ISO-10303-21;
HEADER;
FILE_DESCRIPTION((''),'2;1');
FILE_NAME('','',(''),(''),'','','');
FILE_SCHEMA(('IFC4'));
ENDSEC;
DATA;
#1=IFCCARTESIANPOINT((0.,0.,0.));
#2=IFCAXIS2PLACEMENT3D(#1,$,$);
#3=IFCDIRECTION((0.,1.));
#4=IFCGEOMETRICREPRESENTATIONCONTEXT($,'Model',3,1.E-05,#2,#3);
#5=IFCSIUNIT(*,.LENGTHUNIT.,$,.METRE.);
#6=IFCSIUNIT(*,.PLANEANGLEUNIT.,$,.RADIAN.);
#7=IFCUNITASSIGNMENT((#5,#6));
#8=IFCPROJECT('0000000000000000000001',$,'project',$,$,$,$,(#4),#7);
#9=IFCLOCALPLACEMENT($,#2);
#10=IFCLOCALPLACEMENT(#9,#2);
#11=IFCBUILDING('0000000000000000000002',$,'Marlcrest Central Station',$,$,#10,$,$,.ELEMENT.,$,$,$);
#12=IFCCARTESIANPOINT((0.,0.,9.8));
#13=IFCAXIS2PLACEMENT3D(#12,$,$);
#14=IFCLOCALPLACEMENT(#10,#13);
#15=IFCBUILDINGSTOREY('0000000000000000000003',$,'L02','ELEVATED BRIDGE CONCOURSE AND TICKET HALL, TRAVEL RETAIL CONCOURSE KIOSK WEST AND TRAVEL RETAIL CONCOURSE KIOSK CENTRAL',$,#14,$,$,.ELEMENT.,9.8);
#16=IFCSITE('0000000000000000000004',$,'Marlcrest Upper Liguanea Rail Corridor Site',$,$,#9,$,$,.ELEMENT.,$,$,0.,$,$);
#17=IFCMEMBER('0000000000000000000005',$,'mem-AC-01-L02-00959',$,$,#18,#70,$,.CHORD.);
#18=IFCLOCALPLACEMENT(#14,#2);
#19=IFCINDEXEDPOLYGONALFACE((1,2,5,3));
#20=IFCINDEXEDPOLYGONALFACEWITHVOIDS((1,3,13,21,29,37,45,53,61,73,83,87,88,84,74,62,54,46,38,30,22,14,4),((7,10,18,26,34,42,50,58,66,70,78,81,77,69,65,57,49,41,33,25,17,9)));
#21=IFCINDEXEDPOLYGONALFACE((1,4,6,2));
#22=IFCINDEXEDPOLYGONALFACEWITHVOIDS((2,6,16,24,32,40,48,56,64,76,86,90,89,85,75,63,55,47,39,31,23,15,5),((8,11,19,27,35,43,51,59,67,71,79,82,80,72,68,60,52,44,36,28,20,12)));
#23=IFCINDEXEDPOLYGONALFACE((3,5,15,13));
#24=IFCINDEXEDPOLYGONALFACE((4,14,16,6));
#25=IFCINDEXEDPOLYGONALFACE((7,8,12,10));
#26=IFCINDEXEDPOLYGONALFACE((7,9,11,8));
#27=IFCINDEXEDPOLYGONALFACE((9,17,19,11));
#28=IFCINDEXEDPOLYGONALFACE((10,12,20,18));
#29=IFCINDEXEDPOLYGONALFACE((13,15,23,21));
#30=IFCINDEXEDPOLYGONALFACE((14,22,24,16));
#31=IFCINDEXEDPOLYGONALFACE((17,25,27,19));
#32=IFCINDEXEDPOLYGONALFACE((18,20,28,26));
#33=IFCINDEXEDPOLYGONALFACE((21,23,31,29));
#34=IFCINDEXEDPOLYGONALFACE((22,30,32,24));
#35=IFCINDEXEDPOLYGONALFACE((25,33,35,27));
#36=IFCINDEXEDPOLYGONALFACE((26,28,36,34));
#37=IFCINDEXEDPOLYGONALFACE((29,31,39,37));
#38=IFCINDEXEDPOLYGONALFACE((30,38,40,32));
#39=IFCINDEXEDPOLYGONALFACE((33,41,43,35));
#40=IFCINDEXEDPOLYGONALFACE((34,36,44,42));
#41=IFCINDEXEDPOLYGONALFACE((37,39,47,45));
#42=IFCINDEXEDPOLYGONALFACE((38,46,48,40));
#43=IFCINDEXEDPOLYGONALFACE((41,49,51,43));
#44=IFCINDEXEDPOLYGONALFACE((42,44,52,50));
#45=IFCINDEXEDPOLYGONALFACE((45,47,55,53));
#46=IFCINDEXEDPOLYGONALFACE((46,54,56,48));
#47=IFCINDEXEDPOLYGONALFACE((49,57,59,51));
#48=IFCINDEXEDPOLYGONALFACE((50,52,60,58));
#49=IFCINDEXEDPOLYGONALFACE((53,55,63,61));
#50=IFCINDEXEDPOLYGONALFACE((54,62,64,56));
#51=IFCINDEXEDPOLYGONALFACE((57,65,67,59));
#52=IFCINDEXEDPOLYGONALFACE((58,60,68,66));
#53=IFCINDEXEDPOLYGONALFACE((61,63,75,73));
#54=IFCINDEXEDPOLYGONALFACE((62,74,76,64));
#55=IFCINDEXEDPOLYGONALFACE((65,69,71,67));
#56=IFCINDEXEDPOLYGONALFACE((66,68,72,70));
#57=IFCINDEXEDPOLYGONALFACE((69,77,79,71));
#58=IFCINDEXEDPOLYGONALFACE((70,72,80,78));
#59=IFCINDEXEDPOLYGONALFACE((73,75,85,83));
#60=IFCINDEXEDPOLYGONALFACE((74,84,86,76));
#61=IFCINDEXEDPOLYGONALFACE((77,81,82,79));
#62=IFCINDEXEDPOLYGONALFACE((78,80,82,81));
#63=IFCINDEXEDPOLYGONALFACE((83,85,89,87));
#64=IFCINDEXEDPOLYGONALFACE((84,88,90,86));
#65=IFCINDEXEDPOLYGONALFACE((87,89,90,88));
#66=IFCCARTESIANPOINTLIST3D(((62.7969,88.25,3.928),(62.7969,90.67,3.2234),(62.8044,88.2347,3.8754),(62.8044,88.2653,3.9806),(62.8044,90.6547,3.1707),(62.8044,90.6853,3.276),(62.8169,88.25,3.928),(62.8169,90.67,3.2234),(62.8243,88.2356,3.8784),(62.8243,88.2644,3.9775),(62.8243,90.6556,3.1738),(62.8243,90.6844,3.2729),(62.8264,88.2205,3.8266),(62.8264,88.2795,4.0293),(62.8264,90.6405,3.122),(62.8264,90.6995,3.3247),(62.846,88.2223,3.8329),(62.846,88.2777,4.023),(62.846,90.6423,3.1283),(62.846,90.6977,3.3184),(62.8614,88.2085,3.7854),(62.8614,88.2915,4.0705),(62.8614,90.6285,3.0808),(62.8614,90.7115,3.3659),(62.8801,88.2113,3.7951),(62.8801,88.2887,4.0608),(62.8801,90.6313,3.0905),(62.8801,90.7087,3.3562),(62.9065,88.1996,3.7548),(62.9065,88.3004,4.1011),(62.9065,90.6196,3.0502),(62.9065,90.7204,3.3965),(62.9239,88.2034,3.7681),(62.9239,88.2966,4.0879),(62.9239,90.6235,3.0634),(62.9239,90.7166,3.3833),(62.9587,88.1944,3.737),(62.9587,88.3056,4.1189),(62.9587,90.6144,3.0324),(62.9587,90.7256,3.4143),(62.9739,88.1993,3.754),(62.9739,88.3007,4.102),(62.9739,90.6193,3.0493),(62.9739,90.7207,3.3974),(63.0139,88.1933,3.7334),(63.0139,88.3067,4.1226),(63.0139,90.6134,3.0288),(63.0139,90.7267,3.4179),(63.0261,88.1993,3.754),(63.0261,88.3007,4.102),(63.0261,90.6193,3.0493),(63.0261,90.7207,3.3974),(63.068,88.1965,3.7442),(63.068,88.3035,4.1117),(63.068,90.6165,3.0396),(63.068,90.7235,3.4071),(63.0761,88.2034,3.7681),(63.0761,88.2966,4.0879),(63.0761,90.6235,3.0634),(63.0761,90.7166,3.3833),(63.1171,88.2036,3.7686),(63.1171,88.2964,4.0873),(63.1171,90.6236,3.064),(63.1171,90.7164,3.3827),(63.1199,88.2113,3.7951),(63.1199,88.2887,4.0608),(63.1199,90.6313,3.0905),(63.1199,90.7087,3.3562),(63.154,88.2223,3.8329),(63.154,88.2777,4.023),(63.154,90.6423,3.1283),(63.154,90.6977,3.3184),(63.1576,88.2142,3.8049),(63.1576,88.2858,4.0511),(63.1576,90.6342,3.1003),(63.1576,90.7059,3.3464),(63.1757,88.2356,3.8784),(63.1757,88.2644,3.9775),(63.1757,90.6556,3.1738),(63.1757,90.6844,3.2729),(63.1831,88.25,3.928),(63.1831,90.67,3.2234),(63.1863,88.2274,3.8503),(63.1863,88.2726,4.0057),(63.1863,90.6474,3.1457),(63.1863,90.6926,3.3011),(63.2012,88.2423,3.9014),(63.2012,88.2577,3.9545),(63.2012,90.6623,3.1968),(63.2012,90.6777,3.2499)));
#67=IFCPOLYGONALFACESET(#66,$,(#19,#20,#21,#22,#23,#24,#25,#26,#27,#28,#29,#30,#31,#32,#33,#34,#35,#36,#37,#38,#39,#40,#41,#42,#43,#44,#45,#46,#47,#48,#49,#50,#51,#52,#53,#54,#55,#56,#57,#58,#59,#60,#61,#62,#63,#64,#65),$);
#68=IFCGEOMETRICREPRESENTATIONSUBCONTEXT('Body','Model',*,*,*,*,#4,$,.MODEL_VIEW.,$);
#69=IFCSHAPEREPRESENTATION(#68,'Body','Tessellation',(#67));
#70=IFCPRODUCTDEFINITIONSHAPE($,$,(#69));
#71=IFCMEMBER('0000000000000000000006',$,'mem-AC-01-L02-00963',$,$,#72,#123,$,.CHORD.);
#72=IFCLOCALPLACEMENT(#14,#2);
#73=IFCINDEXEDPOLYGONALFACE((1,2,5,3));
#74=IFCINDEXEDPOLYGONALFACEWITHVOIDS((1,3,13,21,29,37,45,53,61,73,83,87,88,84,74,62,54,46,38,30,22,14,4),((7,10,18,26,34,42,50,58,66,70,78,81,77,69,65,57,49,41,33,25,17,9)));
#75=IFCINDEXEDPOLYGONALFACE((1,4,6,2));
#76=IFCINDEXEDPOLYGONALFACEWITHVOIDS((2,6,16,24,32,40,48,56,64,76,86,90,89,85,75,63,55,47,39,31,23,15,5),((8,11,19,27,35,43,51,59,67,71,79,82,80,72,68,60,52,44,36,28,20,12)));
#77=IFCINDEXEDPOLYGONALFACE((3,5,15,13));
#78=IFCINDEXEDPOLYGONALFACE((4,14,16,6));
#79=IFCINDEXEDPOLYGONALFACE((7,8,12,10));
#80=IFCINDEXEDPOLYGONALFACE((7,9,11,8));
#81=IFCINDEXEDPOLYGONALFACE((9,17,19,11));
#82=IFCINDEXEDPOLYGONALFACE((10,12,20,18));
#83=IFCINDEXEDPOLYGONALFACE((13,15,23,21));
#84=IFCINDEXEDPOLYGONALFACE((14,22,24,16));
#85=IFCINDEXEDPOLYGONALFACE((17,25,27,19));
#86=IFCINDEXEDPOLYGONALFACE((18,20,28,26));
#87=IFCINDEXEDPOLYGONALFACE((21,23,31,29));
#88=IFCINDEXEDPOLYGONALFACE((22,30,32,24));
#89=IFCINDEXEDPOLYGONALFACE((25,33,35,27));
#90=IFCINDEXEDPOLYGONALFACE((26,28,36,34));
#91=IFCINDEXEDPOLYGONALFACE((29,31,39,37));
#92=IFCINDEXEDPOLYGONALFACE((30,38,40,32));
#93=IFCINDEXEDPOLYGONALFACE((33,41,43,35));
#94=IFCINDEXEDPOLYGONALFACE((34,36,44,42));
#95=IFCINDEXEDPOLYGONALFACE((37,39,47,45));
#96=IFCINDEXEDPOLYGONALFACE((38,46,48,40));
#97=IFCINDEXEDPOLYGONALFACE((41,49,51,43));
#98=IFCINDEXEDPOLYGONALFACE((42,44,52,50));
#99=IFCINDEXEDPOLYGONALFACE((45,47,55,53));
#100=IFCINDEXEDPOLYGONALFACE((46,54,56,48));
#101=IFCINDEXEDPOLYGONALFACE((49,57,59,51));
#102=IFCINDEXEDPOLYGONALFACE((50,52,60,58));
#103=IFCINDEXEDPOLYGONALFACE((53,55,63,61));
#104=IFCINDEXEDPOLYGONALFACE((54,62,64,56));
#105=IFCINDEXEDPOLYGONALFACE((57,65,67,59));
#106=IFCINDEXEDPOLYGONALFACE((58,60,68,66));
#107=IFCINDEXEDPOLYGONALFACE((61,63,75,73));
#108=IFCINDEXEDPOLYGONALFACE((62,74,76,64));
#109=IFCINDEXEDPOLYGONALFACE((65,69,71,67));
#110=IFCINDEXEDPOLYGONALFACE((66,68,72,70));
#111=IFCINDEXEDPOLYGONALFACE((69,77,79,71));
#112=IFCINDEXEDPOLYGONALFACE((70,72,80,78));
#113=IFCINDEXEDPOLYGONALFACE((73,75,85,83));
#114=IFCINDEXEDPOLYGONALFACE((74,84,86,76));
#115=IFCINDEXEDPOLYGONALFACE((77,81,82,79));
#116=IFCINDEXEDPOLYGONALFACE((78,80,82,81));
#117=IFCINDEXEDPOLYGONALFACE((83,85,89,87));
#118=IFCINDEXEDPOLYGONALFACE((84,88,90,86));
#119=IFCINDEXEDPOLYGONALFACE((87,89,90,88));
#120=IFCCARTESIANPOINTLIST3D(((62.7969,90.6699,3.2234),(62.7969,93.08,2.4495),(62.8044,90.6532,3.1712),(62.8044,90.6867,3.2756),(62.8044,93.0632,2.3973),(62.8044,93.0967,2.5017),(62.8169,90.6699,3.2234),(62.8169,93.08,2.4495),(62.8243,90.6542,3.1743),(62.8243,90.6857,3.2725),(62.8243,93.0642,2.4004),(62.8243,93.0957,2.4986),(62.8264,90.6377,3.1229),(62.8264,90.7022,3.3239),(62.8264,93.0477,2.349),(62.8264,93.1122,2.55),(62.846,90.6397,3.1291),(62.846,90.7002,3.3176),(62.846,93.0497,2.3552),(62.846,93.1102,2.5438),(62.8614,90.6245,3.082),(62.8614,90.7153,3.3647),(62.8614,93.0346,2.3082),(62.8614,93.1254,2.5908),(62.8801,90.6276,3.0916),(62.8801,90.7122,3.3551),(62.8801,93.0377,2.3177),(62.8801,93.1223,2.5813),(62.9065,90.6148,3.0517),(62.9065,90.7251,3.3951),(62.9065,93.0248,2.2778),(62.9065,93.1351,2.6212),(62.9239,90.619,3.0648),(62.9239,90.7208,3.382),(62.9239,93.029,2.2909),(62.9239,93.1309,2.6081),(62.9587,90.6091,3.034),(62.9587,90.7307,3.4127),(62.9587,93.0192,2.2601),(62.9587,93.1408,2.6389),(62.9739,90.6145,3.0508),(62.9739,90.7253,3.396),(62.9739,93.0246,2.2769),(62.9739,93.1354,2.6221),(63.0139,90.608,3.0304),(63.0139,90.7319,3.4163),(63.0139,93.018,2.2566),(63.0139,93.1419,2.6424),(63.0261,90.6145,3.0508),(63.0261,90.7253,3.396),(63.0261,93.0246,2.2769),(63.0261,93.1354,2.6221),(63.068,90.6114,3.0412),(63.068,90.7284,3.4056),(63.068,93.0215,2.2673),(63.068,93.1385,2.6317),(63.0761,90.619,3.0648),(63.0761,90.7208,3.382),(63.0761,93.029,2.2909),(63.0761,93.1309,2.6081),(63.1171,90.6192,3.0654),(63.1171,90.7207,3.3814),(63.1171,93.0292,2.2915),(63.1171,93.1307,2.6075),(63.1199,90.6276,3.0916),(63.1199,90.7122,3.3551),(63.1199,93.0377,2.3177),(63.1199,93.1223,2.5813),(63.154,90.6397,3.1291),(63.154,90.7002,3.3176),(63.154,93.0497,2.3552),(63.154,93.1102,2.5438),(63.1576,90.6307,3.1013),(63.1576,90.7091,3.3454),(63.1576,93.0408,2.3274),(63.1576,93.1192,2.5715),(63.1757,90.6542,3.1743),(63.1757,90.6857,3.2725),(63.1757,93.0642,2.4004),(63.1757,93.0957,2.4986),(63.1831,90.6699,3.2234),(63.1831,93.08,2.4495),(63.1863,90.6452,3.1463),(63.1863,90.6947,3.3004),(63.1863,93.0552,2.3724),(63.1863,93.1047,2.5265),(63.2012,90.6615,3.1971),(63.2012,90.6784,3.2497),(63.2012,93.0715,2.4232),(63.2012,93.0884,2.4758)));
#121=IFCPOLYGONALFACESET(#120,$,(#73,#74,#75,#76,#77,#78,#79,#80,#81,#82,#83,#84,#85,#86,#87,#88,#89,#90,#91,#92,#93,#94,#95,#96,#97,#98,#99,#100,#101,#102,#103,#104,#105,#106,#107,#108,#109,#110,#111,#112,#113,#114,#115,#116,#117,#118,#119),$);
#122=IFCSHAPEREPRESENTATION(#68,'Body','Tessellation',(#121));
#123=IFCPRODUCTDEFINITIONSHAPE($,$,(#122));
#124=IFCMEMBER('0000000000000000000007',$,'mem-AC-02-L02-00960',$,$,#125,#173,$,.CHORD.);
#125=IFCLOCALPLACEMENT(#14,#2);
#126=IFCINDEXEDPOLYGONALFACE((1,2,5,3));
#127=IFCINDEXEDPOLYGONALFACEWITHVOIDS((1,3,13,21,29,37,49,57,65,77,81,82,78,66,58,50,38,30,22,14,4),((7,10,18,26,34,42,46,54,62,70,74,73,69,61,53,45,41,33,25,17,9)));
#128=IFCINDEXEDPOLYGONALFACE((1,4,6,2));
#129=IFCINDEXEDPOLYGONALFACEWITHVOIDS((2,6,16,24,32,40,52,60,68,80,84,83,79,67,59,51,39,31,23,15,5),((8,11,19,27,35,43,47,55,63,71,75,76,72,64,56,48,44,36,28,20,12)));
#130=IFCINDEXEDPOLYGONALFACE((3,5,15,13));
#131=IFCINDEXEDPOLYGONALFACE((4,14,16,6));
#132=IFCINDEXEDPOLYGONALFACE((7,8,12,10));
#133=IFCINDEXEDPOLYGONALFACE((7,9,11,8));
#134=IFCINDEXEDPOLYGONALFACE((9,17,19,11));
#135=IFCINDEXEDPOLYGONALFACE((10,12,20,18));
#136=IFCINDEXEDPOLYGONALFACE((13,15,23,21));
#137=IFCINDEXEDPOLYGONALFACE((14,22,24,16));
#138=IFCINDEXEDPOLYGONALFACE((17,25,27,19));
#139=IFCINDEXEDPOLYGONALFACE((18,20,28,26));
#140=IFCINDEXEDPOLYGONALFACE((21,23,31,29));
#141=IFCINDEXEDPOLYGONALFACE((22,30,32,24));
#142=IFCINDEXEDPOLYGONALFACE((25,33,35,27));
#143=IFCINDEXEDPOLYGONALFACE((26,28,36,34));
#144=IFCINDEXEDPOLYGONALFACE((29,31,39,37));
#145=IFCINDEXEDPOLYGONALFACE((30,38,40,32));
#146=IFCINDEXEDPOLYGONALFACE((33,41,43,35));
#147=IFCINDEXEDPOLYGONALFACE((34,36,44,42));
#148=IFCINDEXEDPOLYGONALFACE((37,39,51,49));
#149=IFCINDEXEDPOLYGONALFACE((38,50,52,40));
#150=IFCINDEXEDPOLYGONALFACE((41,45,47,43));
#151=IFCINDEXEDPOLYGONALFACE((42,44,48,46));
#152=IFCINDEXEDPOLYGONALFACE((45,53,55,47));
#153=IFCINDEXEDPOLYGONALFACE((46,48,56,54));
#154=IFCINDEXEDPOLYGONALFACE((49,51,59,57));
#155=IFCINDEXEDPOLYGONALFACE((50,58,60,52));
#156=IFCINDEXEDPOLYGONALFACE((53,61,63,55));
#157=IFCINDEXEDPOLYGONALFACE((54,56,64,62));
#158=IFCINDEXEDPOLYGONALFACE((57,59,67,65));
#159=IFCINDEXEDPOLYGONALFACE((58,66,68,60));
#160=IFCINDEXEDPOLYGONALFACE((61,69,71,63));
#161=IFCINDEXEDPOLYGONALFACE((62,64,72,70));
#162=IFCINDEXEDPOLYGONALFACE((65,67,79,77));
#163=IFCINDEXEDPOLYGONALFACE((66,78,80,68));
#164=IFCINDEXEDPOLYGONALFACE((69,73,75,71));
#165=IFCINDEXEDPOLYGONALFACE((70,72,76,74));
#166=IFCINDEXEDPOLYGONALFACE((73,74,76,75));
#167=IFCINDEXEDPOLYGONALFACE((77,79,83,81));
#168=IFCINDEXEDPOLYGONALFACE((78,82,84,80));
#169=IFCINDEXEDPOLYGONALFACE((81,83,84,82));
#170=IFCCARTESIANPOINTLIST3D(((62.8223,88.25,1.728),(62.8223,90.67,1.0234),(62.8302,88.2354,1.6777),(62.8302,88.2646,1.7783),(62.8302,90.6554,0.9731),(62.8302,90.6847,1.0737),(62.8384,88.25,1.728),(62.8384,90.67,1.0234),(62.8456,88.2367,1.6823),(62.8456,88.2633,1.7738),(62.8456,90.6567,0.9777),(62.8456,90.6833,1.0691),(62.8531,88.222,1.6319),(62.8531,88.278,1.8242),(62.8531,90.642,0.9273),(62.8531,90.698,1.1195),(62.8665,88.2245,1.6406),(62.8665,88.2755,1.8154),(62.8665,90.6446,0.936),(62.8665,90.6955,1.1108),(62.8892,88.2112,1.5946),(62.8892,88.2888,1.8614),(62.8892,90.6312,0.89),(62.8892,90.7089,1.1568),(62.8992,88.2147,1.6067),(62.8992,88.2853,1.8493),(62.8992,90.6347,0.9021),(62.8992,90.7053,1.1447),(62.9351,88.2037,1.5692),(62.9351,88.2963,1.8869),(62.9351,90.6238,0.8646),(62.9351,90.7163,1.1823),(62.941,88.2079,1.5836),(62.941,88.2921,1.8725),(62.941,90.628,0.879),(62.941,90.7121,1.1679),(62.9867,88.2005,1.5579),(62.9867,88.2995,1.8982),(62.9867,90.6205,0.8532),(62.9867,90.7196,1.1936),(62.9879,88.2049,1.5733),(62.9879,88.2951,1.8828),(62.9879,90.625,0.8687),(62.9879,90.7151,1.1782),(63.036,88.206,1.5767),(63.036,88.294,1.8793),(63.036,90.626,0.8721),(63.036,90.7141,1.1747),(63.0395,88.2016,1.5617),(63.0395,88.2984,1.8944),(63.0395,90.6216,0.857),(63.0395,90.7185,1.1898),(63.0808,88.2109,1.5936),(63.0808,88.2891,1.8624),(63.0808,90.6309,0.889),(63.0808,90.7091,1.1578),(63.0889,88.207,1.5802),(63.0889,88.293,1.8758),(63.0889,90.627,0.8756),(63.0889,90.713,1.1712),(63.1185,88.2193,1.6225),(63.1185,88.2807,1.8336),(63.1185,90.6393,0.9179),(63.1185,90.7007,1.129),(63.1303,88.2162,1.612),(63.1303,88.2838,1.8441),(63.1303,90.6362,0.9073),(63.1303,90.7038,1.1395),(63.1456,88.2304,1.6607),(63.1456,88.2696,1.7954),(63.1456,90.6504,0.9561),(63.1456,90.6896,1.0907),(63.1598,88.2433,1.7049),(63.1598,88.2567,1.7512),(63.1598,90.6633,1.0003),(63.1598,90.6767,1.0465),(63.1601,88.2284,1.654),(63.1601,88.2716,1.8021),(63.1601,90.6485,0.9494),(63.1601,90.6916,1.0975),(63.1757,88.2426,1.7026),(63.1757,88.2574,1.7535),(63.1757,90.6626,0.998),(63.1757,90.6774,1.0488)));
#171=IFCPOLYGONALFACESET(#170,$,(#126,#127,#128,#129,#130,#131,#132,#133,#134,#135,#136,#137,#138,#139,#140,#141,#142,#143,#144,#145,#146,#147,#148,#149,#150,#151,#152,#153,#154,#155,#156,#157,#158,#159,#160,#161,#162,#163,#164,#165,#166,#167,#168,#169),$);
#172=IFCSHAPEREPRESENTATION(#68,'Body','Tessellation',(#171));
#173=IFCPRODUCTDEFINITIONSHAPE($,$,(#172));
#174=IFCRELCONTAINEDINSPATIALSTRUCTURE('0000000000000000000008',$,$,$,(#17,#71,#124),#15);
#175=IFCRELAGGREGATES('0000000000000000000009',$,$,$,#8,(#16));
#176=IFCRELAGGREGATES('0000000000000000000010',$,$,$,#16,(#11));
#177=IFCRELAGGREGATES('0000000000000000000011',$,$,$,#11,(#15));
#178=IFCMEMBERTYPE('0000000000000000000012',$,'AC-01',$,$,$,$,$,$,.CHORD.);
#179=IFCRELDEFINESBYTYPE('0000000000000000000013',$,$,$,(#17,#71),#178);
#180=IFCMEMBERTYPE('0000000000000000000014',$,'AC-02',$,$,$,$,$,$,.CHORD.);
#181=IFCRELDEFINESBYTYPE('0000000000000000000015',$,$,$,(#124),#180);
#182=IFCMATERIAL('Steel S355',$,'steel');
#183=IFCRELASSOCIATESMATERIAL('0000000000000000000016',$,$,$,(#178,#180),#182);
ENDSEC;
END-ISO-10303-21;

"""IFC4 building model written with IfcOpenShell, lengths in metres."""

from ifc_helpers import new_model, si_unit, direction, frame, origin, origin_2d, place, context, subcontext, project, spatial, hollow_circle, extrude, material, material_profile, profile_set, type_object, element, save


model = new_model("IFC4")

# Units and contexts
model_context = context("Model", 3, precision=1e-05, world=origin(), true_north=direction((0.0, 1.0)))
body_context = subcontext(model_context, "Body", "Model", "MODEL_VIEW")
ifc_project = project(units=[si_unit("LENGTHUNIT", "METRE"), si_unit("PLANEANGLEUNIT", "RADIAN")], contexts=[model_context])

# Site, building, storey
site_placement = place(None, origin())
site = spatial("IfcSite", under=ifc_project, at=site_placement, Name="Marlcrest Upper Liguanea Rail Corridor Site", CompositionType="ELEMENT", RefElevation=0.0)
building_placement = place(site_placement, origin())
building = spatial("IfcBuilding", under=site, at=building_placement, Name="Marlcrest Central Station", CompositionType="ELEMENT")
storey_placement = place(building_placement, frame((0.0, 0.0, 9.8)))
storey = spatial("IfcBuildingStorey", under=building, at=storey_placement, Name="L02", Description="ELEVATED BRIDGE CONCOURSE AND TICKET HALL, TRAVEL RETAIL CONCOURSE KIOSK WEST AND TRAVEL RETAIL CONCOURSE KIOSK CENTRAL", CompositionType="ELEMENT", Elevation=9.8)

# Members
ifc_material_1 = material(Name="Steel S355", Category="steel")
ifc_material_profile_1 = material_profile(ifc_material_1, hollow_circle(Radius=0.2031, WallThickness=0.02, at=origin_2d()), Name="CHS 406.4x20")
ifc_profile_set_1 = profile_set([ifc_material_profile_1], Name="Steel S355")
member_type_1 = type_object("IfcMemberType", Name="AC-01", PredefinedType="CHORD", material=ifc_profile_set_1)
member_1_placement = place(storey_placement, frame((63.0, 88.25, 3.928), z_axis=(0.0, 0.96013, -0.279554), x_axis=(-1.0, 0.0, 0.0)))
element("IfcMember", 1, at=member_1_placement, inside=storey, type_object=member_type_1, Name="mem-AC-01-L02-00959", PredefinedType="CHORD", context=body_context, shape_type="SweptSolid", body=[
    extrude(hollow_circle(Radius=0.2031, WallThickness=0.02, at=origin_2d()), origin(), (0.0, 0.0, 1.0), 2.5205),
])
member_2_placement = place(storey_placement, frame((63.0, 90.6699, 3.2234), z_axis=(0.0, 0.952117, -0.305734), x_axis=(-1.0, 0.0, 0.0)))
element("IfcMember", 2, at=member_2_placement, inside=storey, type_object=member_type_1, Name="mem-AC-01-L02-00963", PredefinedType="CHORD", context=body_context, shape_type="SweptSolid", body=[
    extrude(hollow_circle(Radius=0.2031, WallThickness=0.02, at=origin_2d()), origin(), (0.0, 0.0, 1.0), 2.5312),
])
ifc_material_profile_2 = material_profile(ifc_material_1, hollow_circle(Radius=0.1777, WallThickness=0.0161, at=origin_2d()), Name="CHS 355.6x16")
ifc_profile_set_2 = profile_set([ifc_material_profile_2], Name="Steel S355")
member_type_2 = type_object("IfcMemberType", Name="AC-02", PredefinedType="CHORD", material=ifc_profile_set_2)
member_3_placement = place(storey_placement, frame((63.0, 88.25, 1.728), z_axis=(0.0, 0.96013, -0.279554), x_axis=(-1.0, 0.0, 0.0)))
element("IfcMember", 3, at=member_3_placement, inside=storey, type_object=member_type_2, Name="mem-AC-02-L02-00960", PredefinedType="CHORD", context=body_context, shape_type="SweptSolid", body=[
    extrude(hollow_circle(Radius=0.1777, WallThickness=0.0161, at=origin_2d()), origin(), (0.0, 0.0, 1.0), 2.5205),
])

save(model, "model.ifc")
